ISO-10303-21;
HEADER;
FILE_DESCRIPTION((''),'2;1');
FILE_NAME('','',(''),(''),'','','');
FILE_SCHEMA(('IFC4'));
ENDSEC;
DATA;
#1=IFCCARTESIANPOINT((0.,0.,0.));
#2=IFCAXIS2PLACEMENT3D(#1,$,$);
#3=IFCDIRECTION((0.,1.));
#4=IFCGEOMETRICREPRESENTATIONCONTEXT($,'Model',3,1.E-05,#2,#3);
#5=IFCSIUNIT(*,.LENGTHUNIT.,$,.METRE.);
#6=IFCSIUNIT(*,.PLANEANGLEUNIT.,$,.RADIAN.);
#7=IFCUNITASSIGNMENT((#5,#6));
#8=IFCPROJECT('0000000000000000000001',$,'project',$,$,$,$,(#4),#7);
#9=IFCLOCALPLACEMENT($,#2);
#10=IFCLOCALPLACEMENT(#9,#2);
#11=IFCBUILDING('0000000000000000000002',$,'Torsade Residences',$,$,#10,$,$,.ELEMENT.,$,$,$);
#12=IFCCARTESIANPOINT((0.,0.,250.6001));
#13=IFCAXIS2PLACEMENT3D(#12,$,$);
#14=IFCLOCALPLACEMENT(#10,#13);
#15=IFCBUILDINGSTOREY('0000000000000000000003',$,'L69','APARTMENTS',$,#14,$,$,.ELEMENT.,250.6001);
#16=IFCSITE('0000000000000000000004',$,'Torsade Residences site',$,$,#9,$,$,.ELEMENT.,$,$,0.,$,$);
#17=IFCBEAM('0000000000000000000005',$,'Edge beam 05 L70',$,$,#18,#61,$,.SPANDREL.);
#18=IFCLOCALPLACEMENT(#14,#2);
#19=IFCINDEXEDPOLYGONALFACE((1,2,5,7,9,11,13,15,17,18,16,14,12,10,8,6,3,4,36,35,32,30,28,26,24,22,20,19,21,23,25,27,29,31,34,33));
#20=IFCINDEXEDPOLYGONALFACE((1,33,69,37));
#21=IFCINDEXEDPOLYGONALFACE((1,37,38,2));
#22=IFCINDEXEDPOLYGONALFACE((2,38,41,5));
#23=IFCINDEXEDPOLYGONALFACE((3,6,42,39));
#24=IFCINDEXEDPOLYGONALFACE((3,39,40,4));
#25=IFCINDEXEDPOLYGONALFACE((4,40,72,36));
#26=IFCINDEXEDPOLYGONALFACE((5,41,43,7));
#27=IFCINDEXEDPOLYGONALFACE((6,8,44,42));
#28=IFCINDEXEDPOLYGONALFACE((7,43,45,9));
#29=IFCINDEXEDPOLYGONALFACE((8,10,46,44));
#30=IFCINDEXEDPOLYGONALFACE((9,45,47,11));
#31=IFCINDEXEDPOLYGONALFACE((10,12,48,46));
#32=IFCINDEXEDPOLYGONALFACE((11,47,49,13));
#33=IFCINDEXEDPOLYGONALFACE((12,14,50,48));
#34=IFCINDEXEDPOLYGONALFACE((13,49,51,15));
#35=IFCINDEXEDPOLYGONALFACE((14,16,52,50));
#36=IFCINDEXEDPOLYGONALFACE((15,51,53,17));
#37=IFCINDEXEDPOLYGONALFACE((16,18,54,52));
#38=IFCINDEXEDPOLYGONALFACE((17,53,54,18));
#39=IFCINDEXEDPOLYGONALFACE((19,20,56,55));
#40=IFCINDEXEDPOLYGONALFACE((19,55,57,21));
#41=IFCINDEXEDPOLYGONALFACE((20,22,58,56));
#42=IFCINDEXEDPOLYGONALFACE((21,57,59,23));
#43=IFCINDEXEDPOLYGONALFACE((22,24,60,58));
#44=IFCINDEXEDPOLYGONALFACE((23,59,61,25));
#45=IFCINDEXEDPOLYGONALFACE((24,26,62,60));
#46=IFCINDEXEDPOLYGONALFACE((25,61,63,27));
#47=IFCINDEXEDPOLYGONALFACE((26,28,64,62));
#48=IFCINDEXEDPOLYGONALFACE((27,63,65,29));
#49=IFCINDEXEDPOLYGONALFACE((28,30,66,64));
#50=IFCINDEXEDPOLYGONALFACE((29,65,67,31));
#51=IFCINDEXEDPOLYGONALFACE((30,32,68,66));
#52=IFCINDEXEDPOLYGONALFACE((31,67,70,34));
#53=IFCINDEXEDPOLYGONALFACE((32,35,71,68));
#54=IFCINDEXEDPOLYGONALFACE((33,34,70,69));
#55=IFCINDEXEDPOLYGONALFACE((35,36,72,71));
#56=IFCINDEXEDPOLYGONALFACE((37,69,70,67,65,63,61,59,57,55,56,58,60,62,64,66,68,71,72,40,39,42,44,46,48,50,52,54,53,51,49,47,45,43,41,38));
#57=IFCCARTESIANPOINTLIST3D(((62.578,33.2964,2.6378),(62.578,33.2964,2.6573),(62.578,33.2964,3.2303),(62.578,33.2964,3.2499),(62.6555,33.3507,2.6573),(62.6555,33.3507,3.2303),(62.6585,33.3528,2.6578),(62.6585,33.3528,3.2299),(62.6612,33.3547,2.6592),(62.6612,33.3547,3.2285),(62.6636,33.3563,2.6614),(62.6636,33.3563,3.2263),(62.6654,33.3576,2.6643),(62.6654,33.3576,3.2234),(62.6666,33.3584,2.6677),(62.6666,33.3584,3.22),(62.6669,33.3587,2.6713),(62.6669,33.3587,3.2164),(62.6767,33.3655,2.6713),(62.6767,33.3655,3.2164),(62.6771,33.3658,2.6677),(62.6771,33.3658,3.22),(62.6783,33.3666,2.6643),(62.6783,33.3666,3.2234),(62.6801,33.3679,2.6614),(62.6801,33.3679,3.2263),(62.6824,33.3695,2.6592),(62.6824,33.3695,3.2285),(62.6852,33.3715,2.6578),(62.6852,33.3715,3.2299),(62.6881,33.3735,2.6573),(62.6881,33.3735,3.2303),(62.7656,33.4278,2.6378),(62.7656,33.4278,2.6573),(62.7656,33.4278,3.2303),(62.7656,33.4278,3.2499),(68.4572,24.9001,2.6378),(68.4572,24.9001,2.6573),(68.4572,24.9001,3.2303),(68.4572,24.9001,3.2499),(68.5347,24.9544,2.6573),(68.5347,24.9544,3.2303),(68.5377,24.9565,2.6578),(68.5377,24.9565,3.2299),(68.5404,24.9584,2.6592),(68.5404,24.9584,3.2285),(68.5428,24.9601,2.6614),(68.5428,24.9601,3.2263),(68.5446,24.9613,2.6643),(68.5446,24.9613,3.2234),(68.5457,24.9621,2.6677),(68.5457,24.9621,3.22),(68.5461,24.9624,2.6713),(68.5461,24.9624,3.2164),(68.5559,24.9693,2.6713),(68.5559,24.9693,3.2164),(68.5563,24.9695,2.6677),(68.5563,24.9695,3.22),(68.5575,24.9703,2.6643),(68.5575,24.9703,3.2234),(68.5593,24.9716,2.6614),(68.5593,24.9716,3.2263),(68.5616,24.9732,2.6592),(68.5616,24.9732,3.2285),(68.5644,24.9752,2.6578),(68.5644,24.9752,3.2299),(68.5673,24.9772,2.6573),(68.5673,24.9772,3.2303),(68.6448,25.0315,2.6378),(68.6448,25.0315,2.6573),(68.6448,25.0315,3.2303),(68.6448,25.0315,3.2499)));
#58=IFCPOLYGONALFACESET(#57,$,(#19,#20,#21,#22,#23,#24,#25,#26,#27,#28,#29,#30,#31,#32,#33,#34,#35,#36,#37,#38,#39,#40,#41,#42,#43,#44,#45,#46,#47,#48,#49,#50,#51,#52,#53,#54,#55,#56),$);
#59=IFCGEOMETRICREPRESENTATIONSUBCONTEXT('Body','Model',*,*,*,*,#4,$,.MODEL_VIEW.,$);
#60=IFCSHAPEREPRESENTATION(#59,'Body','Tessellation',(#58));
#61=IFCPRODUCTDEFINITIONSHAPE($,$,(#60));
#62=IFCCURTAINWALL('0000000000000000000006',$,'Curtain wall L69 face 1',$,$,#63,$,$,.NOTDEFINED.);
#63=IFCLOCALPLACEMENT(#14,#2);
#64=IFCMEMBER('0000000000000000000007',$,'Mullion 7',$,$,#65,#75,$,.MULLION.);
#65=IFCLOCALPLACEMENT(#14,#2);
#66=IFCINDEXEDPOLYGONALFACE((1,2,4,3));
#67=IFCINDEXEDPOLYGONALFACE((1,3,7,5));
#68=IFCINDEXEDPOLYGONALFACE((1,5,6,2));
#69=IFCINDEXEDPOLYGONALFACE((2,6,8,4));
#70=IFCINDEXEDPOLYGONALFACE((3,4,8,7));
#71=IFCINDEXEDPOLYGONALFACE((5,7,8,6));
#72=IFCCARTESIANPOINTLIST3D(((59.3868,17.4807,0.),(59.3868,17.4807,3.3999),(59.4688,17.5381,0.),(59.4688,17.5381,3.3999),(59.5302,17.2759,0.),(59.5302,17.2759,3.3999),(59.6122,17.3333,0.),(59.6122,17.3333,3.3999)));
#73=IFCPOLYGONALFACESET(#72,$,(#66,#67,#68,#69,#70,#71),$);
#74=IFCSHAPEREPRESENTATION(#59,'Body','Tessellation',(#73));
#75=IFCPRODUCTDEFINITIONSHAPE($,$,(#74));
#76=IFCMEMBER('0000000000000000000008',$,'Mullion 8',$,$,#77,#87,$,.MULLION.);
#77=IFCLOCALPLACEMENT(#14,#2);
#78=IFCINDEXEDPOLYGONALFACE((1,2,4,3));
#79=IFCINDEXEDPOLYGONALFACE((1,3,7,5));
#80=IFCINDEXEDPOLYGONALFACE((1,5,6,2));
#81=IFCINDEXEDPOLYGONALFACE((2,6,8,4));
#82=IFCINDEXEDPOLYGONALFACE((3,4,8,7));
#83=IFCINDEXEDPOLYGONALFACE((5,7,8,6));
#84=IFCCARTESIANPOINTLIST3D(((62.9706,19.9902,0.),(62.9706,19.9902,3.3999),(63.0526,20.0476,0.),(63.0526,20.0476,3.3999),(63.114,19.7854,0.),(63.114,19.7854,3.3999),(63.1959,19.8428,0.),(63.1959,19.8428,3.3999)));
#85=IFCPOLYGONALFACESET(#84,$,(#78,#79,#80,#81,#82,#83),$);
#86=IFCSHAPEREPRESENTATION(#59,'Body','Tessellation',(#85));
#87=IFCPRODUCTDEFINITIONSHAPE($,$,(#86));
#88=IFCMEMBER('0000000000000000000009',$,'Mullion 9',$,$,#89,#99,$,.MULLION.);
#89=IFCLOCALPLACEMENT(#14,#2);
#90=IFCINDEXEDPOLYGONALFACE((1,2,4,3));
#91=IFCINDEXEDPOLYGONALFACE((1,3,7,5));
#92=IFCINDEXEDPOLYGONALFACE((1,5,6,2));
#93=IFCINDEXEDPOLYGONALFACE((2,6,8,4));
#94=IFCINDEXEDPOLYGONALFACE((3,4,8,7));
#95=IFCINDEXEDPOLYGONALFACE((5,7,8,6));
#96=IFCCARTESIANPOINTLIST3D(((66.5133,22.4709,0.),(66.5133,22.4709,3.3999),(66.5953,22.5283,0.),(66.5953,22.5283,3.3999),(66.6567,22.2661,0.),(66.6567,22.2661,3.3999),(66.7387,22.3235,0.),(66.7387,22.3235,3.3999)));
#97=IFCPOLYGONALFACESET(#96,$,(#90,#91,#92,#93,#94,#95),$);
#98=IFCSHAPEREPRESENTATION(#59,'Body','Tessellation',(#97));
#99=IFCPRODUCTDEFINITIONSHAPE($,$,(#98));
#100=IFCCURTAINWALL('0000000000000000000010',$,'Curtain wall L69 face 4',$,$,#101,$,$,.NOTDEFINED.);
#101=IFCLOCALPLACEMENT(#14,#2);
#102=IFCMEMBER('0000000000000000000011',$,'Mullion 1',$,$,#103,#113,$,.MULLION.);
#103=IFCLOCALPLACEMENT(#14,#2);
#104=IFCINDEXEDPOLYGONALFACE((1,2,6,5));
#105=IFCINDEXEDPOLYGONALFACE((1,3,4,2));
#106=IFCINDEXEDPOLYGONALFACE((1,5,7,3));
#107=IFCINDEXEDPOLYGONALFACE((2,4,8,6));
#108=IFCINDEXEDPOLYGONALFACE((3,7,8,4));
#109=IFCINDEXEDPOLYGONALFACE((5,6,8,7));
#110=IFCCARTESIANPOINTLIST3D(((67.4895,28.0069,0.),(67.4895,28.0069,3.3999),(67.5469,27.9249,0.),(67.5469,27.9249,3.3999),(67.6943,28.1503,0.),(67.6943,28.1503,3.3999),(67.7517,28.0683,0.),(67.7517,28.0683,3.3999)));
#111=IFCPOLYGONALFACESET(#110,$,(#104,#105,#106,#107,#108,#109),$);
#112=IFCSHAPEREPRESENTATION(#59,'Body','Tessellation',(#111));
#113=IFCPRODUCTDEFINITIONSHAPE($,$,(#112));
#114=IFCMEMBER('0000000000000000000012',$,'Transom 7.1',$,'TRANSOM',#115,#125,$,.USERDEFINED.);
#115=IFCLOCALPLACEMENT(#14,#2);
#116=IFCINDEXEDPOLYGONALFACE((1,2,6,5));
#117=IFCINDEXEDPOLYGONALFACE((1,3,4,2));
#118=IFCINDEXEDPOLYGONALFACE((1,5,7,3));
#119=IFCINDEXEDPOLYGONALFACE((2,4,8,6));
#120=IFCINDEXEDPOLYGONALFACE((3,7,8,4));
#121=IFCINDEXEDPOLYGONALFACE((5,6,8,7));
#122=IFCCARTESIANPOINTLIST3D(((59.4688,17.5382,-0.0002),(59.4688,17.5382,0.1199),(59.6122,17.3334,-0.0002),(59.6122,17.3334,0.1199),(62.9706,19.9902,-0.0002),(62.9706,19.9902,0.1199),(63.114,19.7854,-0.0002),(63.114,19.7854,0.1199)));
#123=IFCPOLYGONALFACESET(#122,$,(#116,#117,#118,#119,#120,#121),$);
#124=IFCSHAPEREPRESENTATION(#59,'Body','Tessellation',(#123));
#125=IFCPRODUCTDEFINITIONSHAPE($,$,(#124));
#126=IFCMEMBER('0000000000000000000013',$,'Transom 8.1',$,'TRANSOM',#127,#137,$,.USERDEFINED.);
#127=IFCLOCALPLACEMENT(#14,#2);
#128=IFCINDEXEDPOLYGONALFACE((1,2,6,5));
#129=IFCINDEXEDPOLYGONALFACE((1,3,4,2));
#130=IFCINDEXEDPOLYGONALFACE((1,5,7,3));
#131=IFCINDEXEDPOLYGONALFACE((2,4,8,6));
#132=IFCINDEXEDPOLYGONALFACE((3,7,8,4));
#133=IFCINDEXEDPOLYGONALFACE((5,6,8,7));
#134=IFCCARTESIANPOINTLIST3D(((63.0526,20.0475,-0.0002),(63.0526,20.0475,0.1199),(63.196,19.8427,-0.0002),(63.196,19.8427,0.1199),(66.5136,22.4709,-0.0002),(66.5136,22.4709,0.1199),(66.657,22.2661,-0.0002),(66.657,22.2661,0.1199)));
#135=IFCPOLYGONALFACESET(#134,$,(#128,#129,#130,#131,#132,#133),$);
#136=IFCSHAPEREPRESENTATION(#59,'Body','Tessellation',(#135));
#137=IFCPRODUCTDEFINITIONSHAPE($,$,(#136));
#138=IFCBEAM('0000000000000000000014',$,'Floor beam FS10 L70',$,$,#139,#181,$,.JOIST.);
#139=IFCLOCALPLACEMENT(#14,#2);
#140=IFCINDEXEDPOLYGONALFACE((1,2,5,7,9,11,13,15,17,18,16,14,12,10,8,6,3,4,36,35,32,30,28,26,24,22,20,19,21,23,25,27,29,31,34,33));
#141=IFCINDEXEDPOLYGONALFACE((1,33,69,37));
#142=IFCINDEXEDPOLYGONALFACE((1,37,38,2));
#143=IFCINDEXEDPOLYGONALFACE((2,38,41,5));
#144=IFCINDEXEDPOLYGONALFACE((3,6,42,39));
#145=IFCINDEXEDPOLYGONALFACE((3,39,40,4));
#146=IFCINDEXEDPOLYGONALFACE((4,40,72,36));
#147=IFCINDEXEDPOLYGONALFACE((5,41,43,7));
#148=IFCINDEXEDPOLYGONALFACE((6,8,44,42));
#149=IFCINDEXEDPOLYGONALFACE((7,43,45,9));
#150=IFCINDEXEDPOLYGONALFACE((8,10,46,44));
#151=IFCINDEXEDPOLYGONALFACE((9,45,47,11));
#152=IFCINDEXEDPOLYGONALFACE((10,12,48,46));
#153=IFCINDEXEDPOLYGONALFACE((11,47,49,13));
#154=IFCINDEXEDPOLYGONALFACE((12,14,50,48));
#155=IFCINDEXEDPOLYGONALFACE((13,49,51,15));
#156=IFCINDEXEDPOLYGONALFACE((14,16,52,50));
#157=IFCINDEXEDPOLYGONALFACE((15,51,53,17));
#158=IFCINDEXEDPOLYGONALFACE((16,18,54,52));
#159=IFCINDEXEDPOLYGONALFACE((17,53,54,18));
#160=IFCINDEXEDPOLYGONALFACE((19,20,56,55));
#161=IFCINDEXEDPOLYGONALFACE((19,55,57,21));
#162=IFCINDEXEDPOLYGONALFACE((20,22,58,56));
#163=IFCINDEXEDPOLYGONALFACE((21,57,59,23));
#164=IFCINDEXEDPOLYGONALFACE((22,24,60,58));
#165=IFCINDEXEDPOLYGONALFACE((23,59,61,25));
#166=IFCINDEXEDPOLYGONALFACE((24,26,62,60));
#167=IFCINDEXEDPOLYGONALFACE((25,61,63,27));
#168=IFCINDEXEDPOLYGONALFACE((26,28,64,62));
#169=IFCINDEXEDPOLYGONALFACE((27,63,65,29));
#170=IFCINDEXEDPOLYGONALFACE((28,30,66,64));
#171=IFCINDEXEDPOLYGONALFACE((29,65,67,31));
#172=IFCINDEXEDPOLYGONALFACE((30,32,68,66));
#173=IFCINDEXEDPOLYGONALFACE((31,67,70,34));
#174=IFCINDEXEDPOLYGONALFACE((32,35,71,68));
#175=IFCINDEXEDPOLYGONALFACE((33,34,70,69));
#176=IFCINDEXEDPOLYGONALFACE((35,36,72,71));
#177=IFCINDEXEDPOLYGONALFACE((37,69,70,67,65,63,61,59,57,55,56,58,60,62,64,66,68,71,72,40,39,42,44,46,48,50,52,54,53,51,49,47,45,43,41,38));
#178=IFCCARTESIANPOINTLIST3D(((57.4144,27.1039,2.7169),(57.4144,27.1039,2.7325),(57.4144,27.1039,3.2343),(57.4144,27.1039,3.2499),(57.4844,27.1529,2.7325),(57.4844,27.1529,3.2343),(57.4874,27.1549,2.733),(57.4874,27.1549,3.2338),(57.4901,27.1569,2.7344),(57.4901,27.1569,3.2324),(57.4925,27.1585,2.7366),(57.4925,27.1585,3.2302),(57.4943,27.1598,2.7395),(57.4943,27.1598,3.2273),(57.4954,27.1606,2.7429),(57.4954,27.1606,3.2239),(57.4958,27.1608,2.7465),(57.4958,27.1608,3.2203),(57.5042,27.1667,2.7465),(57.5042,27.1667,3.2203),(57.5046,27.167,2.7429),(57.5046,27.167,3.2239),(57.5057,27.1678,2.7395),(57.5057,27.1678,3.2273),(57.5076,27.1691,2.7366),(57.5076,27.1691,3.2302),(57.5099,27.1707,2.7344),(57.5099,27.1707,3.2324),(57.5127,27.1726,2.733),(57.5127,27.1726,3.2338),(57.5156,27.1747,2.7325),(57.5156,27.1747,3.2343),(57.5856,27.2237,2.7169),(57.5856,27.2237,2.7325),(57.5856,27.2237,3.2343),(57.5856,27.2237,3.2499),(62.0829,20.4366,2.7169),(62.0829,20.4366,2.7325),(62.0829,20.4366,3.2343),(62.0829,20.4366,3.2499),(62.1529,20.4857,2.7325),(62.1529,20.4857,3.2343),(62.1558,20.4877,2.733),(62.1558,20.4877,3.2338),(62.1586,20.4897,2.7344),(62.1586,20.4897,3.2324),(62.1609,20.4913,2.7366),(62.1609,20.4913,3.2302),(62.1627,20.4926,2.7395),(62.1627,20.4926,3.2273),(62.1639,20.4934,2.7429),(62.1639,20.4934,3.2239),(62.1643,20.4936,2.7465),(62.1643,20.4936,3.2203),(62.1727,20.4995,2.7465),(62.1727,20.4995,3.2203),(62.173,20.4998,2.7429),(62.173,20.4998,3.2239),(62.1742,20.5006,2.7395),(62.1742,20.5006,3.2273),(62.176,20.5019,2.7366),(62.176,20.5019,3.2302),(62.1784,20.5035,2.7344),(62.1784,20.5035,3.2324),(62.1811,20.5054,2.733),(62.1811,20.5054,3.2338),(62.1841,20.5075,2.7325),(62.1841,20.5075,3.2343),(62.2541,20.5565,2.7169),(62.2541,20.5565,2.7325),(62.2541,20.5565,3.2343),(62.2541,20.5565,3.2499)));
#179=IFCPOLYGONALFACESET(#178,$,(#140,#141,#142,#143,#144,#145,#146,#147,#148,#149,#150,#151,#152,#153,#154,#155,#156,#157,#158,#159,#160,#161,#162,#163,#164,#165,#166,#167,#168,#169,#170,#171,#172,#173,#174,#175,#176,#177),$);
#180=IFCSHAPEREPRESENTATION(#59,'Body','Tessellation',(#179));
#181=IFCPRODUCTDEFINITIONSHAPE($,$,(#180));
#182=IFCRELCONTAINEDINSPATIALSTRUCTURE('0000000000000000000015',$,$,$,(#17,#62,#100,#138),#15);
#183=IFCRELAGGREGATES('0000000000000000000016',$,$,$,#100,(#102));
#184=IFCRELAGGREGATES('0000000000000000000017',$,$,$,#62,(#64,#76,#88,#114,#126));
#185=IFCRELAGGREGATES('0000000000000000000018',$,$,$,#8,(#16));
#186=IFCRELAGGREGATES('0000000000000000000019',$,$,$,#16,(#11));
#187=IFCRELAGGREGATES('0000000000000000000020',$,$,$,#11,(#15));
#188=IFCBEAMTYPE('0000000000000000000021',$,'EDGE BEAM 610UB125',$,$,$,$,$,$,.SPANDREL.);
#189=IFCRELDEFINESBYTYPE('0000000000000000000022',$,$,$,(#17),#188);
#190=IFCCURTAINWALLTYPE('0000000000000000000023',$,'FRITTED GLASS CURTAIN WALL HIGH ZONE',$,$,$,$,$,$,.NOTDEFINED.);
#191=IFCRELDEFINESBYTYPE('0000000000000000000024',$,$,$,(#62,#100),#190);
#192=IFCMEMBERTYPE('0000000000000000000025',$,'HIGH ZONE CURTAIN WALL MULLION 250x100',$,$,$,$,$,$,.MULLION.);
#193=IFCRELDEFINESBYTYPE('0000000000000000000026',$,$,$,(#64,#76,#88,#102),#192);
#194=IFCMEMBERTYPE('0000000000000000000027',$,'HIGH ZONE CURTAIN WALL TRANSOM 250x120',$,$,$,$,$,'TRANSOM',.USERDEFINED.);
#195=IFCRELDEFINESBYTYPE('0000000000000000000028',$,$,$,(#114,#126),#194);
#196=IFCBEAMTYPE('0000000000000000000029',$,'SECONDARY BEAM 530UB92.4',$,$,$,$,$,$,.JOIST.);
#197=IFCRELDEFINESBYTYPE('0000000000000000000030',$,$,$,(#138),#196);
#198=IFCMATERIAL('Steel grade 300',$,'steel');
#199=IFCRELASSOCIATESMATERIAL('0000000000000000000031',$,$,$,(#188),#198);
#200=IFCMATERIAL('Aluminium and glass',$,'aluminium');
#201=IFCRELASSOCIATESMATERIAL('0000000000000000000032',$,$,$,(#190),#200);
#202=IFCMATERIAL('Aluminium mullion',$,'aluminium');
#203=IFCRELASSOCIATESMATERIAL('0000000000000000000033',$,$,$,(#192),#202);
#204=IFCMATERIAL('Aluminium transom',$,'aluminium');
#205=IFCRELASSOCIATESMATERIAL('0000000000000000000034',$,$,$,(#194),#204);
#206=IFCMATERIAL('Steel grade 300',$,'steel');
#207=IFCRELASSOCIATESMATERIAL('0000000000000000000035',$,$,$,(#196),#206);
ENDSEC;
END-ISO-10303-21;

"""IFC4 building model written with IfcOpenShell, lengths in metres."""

from ifc_helpers import new_model, si_unit, direction, frame, origin, origin_2d, place, context, subcontext, project, spatial, rectangle, i_section, extrude, material, material_profile, profile_set, type_object, element, aggregate, save


model = new_model("IFC4")

# Units and contexts
model_context = context("Model", 3, precision=1e-05, world=origin(), true_north=direction((0.0, 1.0)))
body_context = subcontext(model_context, "Body", "Model", "MODEL_VIEW")
ifc_project = project(units=[si_unit("LENGTHUNIT", "METRE"), si_unit("PLANEANGLEUNIT", "RADIAN")], contexts=[model_context])

# Site, building, storey
site_placement = place(None, origin())
site = spatial("IfcSite", under=ifc_project, at=site_placement, Name="Torsade Residences site", CompositionType="ELEMENT", RefElevation=0.0)
building_placement = place(site_placement, origin())
building = spatial("IfcBuilding", under=site, at=building_placement, Name="Torsade Residences", CompositionType="ELEMENT")
storey_placement = place(building_placement, frame((0.0, 0.0, 250.6001)))
storey = spatial("IfcBuildingStorey", under=building, at=storey_placement, Name="L69", Description="APARTMENTS", CompositionType="ELEMENT", Elevation=250.6001)

# Beam
ifc_material_1 = material(Name="Steel grade 300", Category="steel")
ifc_material_profile_1 = material_profile(ifc_material_1, i_section(OverallWidth=0.229, OverallDepth=0.6121, WebThickness=0.012, FlangeThickness=0.0195, FilletRadius=0.0139, at=origin_2d()), Name="610UB125")
ifc_profile_set_1 = profile_set([ifc_material_profile_1], Name="Steel grade 300")
beam_type_1 = type_object("IfcBeamType", Name="EDGE BEAM 610UB125", PredefinedType="SPANDREL", material=ifc_profile_set_1)
beam_1_placement = place(storey_placement, frame((68.551, 24.9658, 2.9438), z_axis=(-0.573579, 0.81915, 0.0), x_axis=(-0.81915, -0.573579, 0.0)))
element("IfcBeam", 1, at=beam_1_placement, inside=storey, type_object=beam_type_1, Name="Edge beam 05 L70", PredefinedType="SPANDREL", context=body_context, shape_type="SweptSolid", body=[
    extrude(i_section(OverallWidth=0.229, OverallDepth=0.6121, WebThickness=0.012, FlangeThickness=0.0195, FilletRadius=0.0139, at=origin_2d()), origin(), (0.0, 0.0, 1.0), 10.25),
])

# Curtain wall, members
ifc_material_2 = material(Name="Aluminium and glass", Category="aluminium")
curtain_wall_type = type_object("IfcCurtainWallType", Name="FRITTED GLASS CURTAIN WALL HIGH ZONE", PredefinedType="NOTDEFINED", material=ifc_material_2)
curtain_wall_1_placement = place(storey_placement, origin())
curtain_wall_1 = element("IfcCurtainWall", 2, at=curtain_wall_1_placement, inside=storey, type_object=curtain_wall_type, Name="Curtain wall L69 face 1", PredefinedType="NOTDEFINED")
ifc_material_3 = material(Name="Aluminium mullion", Category="aluminium")
ifc_material_profile_2 = material_profile(ifc_material_3, rectangle(XDim=0.25, YDim=0.1001, at=origin_2d()), Name="HIGH ZONE CURTAIN WALL MULLION 250x100")
ifc_profile_set_2 = profile_set([ifc_material_profile_2], Name="Aluminium mullion")
member_type_1 = type_object("IfcMemberType", Name="HIGH ZONE CURTAIN WALL MULLION 250x100", PredefinedType="MULLION", material=ifc_profile_set_2)
member_1_placement = place(storey_placement, frame((59.4995, 17.407, 0.0), z_axis=(0.0, 0.0, 1.0), x_axis=(-0.573576, 0.819152, 0.0)))
member_1 = element("IfcMember", 3, at=member_1_placement, type_object=member_type_1, Name="Mullion 7", PredefinedType="MULLION", context=body_context, shape_type="SweptSolid", body=[
    extrude(rectangle(XDim=0.25, YDim=0.1001, at=origin_2d()), origin(), (0.0, 0.0, 1.0), 3.3999),
])
member_2_placement = place(storey_placement, frame((63.0833, 19.9165, 0.0), z_axis=(0.0, 0.0, 1.0), x_axis=(-0.573576, 0.819152, 0.0)))
member_2 = element("IfcMember", 4, at=member_2_placement, type_object=member_type_1, Name="Mullion 8", PredefinedType="MULLION", context=body_context, shape_type="SweptSolid", body=[
    extrude(rectangle(XDim=0.25, YDim=0.1001, at=origin_2d()), origin(), (0.0, 0.0, 1.0), 3.3999),
])
member_3_placement = place(storey_placement, frame((66.626, 22.3972, 0.0), z_axis=(0.0, 0.0, 1.0), x_axis=(-0.573576, 0.819152, 0.0)))
member_3 = element("IfcMember", 5, at=member_3_placement, type_object=member_type_1, Name="Mullion 9", PredefinedType="MULLION", context=body_context, shape_type="SweptSolid", body=[
    extrude(rectangle(XDim=0.25, YDim=0.1001, at=origin_2d()), origin(), (0.0, 0.0, 1.0), 3.3999),
])

# Curtain wall, member
curtain_wall_2_placement = place(storey_placement, origin())
curtain_wall_2 = element("IfcCurtainWall", 6, at=curtain_wall_2_placement, inside=storey, type_object=curtain_wall_type, Name="Curtain wall L69 face 4", PredefinedType="NOTDEFINED")
member_4_placement = place(storey_placement, frame((67.6206, 28.0376, 0.0), z_axis=(0.0, 0.0, 1.0), x_axis=(-0.819152, -0.573576, 0.0)))
member_4 = element("IfcMember", 7, at=member_4_placement, type_object=member_type_1, Name="Mullion 1", PredefinedType="MULLION", context=body_context, shape_type="SweptSolid", body=[
    extrude(rectangle(XDim=0.25, YDim=0.1001, at=origin_2d()), origin(), (0.0, 0.0, 1.0), 3.3999),
])
aggregate(curtain_wall_2, [member_4])

# Members
ifc_material_4 = material(Name="Aluminium transom", Category="aluminium")
ifc_material_profile_3 = material_profile(ifc_material_4, rectangle(XDim=0.25, YDim=0.1201, at=origin_2d()), Name="HIGH ZONE CURTAIN WALL TRANSOM 250x120")
ifc_profile_set_3 = profile_set([ifc_material_profile_3], Name="Aluminium transom")
member_type_2 = type_object("IfcMemberType", Name="HIGH ZONE CURTAIN WALL TRANSOM 250x120", ElementType="TRANSOM", PredefinedType="USERDEFINED", material=ifc_profile_set_3)
member_5_placement = place(storey_placement, frame((59.5405, 17.4358, 0.0598), z_axis=(0.819154, 0.573573, 0.0), x_axis=(-0.573573, 0.819154, 0.0)))
member_5 = element("IfcMember", 8, at=member_5_placement, type_object=member_type_2, Name="Transom 7.1", ObjectType="TRANSOM", PredefinedType="USERDEFINED", context=body_context, shape_type="SweptSolid", body=[
    extrude(rectangle(XDim=0.25, YDim=0.1201, at=origin_2d()), origin(), (0.0, 0.0, 1.0), 4.2749),
])
member_6_placement = place(storey_placement, frame((63.1243, 19.9451, 0.0598), z_axis=(0.819156, 0.573571, 0.0), x_axis=(-0.573571, 0.819156, 0.0)))
member_6 = element("IfcMember", 9, at=member_6_placement, type_object=member_type_2, Name="Transom 8.1", ObjectType="TRANSOM", PredefinedType="USERDEFINED", context=body_context, shape_type="SweptSolid", body=[
    extrude(rectangle(XDim=0.25, YDim=0.1201, at=origin_2d()), origin(), (0.0, 0.0, 1.0), 4.2251),
])

# Beam
ifc_material_5 = material(Name="Steel grade 300", Category="steel")
ifc_material_profile_4 = material_profile(ifc_material_5, i_section(OverallWidth=0.209, OverallDepth=0.533, WebThickness=0.0103, FlangeThickness=0.0156, FilletRadius=0.0139, at=origin_2d()), Name="530UB92.4")
ifc_profile_set_4 = profile_set([ifc_material_profile_4], Name="Steel grade 300")
beam_type_2 = type_object("IfcBeamType", Name="SECONDARY BEAM 530UB92.4", PredefinedType="JOIST", material=ifc_profile_set_4)
beam_2_placement = place(storey_placement, frame((62.1685, 20.4966, 2.9834), z_axis=(-0.573577, 0.819152, 0.0), x_axis=(-0.819152, -0.573577, 0.0)))
element("IfcBeam", 10, at=beam_2_placement, inside=storey, type_object=beam_type_2, Name="Floor beam FS10 L70", PredefinedType="JOIST", context=body_context, shape_type="SweptSolid", body=[
    extrude(i_section(OverallWidth=0.209, OverallDepth=0.533, WebThickness=0.0103, FlangeThickness=0.0156, FilletRadius=0.0139, at=origin_2d()), origin(), (0.0, 0.0, 1.0), 8.1392),
])

aggregate(curtain_wall_1, [member_1, member_2, member_3, member_5, member_6])

save(model, "model.ifc")
